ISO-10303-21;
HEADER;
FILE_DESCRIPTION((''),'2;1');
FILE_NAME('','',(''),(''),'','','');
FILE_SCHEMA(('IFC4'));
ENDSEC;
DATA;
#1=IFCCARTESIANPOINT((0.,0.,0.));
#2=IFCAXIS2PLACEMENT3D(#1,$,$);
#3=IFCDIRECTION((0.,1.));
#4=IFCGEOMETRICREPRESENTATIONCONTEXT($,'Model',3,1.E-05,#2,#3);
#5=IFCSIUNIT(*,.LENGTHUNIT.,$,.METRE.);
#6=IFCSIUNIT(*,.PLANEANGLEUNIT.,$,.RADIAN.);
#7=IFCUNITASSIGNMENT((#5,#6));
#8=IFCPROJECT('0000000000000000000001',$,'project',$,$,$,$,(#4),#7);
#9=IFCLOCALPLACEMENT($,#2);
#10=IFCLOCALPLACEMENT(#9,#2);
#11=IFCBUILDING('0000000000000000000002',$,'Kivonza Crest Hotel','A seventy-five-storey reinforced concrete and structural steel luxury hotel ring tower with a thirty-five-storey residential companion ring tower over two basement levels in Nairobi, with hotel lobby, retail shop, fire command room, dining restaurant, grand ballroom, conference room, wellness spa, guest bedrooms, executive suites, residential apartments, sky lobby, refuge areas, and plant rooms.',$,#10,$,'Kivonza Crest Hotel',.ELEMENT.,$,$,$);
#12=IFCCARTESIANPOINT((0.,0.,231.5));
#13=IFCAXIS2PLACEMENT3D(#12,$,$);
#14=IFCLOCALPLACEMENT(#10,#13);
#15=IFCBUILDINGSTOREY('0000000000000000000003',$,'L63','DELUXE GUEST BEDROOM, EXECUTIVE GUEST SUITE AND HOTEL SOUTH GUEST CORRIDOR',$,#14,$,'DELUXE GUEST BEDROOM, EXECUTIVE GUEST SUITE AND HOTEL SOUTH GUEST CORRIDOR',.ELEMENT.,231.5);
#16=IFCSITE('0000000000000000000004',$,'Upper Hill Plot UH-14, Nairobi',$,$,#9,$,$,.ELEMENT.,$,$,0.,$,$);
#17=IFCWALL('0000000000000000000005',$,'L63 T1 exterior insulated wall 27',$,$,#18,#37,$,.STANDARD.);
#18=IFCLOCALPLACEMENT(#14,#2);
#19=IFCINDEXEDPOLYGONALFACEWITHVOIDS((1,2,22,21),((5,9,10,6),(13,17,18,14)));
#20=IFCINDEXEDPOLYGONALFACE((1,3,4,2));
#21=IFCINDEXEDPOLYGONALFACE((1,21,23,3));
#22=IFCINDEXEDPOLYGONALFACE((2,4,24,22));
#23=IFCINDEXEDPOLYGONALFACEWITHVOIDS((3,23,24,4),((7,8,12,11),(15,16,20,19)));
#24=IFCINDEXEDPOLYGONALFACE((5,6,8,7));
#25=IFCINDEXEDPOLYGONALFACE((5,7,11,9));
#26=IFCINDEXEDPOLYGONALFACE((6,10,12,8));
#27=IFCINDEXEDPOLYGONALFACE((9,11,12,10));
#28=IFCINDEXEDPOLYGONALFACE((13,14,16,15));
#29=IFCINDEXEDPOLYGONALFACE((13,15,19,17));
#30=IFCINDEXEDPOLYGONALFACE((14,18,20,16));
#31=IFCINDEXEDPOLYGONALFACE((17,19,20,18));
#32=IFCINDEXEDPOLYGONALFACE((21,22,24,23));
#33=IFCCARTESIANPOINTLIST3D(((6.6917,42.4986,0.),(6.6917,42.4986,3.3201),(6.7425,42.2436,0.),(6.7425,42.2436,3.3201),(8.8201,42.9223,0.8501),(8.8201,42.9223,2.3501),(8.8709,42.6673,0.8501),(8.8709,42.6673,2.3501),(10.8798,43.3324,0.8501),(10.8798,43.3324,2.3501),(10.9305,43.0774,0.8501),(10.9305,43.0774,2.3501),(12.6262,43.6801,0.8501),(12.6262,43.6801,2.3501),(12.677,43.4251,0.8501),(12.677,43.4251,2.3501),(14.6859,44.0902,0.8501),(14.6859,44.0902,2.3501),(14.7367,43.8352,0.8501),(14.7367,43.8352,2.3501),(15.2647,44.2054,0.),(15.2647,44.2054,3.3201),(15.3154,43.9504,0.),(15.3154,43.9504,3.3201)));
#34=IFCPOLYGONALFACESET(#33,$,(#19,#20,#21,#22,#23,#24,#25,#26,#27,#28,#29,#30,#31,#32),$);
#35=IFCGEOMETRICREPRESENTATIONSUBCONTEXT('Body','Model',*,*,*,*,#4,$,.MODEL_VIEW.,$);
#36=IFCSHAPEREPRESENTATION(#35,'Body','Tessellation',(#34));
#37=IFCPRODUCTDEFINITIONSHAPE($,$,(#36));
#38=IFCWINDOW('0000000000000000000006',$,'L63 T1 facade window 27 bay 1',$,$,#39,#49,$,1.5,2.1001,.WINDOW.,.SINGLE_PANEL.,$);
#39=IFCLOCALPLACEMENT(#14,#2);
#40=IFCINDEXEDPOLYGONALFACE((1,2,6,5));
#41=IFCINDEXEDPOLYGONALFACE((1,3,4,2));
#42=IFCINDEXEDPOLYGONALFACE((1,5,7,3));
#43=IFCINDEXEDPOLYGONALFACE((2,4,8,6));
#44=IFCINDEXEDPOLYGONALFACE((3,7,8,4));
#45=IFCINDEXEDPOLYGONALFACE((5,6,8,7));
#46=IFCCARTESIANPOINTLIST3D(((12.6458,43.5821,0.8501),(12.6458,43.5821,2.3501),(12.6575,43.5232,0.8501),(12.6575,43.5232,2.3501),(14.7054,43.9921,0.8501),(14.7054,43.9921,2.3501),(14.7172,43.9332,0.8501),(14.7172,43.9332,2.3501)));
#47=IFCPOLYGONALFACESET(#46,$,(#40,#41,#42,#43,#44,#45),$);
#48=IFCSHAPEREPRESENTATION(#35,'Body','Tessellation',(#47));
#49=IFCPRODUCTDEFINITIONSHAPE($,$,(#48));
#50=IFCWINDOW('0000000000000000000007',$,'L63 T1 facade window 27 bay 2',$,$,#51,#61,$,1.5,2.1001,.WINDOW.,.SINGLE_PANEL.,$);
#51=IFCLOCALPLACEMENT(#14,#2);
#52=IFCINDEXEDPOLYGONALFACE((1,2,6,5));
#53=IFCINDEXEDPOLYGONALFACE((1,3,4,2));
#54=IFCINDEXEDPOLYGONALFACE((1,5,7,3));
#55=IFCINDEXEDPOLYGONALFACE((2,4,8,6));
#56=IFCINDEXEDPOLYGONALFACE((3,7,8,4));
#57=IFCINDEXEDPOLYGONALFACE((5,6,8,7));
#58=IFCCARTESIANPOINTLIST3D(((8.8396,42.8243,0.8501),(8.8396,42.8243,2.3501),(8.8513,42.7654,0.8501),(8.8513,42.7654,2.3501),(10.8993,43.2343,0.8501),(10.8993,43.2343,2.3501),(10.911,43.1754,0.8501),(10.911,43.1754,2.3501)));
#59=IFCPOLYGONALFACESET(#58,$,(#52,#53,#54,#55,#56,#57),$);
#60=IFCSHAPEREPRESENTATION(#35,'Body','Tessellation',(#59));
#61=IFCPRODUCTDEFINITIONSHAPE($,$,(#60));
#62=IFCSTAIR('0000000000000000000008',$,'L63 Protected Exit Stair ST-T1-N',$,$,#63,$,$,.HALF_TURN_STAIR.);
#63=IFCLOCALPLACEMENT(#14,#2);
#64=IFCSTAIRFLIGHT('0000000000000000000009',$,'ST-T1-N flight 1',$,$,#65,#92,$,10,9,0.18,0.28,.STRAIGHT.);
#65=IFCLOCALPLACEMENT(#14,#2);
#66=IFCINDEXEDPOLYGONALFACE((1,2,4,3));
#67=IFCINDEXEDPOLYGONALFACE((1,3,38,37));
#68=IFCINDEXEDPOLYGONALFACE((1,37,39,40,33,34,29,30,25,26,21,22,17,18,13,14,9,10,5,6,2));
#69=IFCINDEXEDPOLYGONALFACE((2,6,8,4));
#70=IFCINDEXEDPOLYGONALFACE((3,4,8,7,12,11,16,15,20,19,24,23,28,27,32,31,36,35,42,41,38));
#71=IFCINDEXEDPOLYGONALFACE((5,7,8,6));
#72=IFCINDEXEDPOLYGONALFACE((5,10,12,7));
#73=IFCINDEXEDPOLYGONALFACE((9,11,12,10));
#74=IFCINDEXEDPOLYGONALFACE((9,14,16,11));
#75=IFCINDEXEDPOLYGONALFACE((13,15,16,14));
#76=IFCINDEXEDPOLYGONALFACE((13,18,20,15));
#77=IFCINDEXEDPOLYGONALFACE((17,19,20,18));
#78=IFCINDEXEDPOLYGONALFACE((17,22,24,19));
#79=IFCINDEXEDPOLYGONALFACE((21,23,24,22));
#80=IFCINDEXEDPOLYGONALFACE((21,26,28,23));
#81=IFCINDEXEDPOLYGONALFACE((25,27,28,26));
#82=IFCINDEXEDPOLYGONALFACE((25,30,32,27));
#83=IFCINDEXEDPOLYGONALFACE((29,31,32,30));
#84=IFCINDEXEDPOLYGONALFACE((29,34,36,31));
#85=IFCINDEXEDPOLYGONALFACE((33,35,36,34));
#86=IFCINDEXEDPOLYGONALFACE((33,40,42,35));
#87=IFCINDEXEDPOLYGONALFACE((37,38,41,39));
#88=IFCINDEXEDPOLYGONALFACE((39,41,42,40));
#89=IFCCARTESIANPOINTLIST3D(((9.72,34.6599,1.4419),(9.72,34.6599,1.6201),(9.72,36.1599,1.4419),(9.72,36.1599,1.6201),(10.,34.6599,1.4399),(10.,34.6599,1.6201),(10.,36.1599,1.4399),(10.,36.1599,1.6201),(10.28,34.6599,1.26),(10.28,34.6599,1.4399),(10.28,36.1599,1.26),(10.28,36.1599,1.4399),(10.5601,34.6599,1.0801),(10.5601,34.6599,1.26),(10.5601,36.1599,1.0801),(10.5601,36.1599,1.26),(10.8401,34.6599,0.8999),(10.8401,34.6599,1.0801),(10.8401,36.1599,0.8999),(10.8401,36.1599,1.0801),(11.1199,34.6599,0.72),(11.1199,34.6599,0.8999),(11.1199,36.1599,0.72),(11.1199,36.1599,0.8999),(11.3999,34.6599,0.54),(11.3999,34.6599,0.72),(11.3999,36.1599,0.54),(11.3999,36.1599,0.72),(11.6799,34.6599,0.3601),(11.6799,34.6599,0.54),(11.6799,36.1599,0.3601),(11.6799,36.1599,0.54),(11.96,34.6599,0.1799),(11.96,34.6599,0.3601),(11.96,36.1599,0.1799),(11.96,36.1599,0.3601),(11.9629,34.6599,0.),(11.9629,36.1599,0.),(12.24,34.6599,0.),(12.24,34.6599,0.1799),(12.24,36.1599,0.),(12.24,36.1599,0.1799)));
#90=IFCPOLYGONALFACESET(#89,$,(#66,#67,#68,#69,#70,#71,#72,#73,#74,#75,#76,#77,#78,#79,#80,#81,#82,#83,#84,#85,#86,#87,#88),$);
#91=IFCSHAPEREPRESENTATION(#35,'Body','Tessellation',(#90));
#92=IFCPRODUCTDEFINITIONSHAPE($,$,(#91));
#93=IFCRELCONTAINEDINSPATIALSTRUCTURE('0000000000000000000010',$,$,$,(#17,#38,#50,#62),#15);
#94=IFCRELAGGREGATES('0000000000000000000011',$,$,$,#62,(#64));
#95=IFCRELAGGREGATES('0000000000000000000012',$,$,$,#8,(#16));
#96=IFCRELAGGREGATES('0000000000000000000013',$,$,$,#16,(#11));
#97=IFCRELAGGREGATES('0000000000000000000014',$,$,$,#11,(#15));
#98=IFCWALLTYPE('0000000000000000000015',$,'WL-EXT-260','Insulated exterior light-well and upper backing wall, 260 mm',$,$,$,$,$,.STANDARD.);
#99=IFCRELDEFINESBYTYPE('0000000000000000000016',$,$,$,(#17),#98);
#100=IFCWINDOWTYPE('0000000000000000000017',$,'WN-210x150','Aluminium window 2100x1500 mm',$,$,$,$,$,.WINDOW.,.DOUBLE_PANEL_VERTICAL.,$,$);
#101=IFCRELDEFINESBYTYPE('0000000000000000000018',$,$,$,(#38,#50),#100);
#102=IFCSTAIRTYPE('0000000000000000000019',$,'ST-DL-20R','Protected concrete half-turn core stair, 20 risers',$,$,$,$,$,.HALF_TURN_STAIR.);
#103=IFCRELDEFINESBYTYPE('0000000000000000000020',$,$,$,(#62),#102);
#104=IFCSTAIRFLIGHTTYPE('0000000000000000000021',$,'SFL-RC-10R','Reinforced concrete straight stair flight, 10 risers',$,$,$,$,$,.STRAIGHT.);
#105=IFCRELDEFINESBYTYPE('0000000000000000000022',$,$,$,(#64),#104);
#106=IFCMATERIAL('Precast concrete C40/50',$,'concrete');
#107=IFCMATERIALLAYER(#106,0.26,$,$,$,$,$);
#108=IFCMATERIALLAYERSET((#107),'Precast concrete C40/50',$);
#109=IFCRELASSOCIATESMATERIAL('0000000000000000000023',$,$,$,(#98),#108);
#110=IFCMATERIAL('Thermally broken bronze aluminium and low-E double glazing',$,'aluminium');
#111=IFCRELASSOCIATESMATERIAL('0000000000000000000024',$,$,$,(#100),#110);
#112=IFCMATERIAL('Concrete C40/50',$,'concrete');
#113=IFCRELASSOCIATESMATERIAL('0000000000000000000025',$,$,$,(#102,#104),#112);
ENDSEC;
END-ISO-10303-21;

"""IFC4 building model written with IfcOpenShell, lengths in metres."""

from ifc_helpers import new_model, si_unit, direction, frame, frame_2d, origin, place, context, subcontext, project, spatial, polyline, rectangle, outline, extrude, material, layer, layer_set, type_object, element, fill, aggregate, save


model = new_model("IFC4")

# Units and contexts
model_context = context("Model", 3, precision=1e-05, world=origin(), true_north=direction((0.0, 1.0)))
body_context = subcontext(model_context, "Body", "Model", "MODEL_VIEW")
ifc_project = project(units=[si_unit("LENGTHUNIT", "METRE"), si_unit("PLANEANGLEUNIT", "RADIAN")], contexts=[model_context])

# Site, building, storey
site_placement = place(None, origin())
site = spatial("IfcSite", under=ifc_project, at=site_placement, Name="Upper Hill Plot UH-14, Nairobi", CompositionType="ELEMENT", RefElevation=0.0)
building_placement = place(site_placement, origin())
building = spatial("IfcBuilding", under=site, at=building_placement, Name="Kivonza Crest Hotel", Description="A seventy-five-storey reinforced concrete and structural steel luxury hotel ring tower with a thirty-five-storey residential companion ring tower over two basement levels in Nairobi, with hotel lobby, retail shop, fire command room, dining restaurant, grand ballroom, conference room, wellness spa, guest bedrooms, executive suites, residential apartments, sky lobby, refuge areas, and plant rooms.", LongName="Kivonza Crest Hotel", CompositionType="ELEMENT")
storey_placement = place(building_placement, frame((0.0, 0.0, 231.5)))
storey = spatial("IfcBuildingStorey", under=building, at=storey_placement, Name="L63", Description="DELUXE GUEST BEDROOM, EXECUTIVE GUEST SUITE AND HOTEL SOUTH GUEST CORRIDOR", LongName="DELUXE GUEST BEDROOM, EXECUTIVE GUEST SUITE AND HOTEL SOUTH GUEST CORRIDOR", CompositionType="ELEMENT", Elevation=231.5)

# Wall, openings, windows
ifc_material_1 = material(Name="Precast concrete C40/50", Category="concrete")
ifc_layer_1 = layer(ifc_material_1, 0.26)
ifc_layer_set_1 = layer_set([ifc_layer_1], Name="Precast concrete C40/50")
wall_type_1 = type_object("IfcWallType", Name="WL-EXT-260", Description="Insulated exterior light-well and upper backing wall, 260 mm", PredefinedType="STANDARD", material=ifc_layer_set_1)
wall_1_placement = place(storey_placement, frame((15.29, 44.0779, 0.0), z_axis=(0.0, 0.0, 1.0), x_axis=(-0.980752, -0.195257, 0.0)))
wall_1 = element("IfcWall", 1, at=wall_1_placement, inside=storey, type_object=wall_type_1, Name="L63 T1 exterior insulated wall 27", PredefinedType="STANDARD", context=body_context, shape_type="SweptSolid", body=[
    extrude(rectangle(XDim=8.7412, YDim=0.26, at=frame_2d((4.3706, 0.0))), origin(), (0.0, 0.0, 1.0), 3.3201),
])
opening_1_placement = place(wall_1_placement, frame((0.5901, 0.0, 0.8501)))
opening_1 = element("IfcOpeningElement", 2, at=opening_1_placement, cuts=wall_1, PredefinedType="OPENING", context=body_context, shape_type="SweptSolid", body=[
    extrude(rectangle(XDim=2.1001, YDim=1.5, at=frame_2d((1.05, 0.75))), frame((0.0, 0.1401, 0.0), z_axis=(0.0, -1.0, 0.0), x_axis=(1.0, 0.0, 0.0)), (0.0, 0.0, 1.0), 0.28),
])
opening_2_placement = place(wall_1_placement, frame((4.4709, 0.0, 0.8501)))
opening_2 = element("IfcOpeningElement", 3, at=opening_2_placement, cuts=wall_1, PredefinedType="OPENING", context=body_context, shape_type="SweptSolid", body=[
    extrude(rectangle(XDim=2.1001, YDim=1.5, at=frame_2d((1.05, 0.75))), frame((0.0, 0.1401, 0.0), z_axis=(0.0, -1.0, 0.0), x_axis=(1.0, 0.0, 0.0)), (0.0, 0.0, 1.0), 0.28),
])
ifc_material_2 = material(Name="Thermally broken bronze aluminium and low-E double glazing", Category="aluminium")
window_type = type_object("IfcWindowType", Name="WN-210x150", Description="Aluminium window 2100x1500 mm", PartitioningType="DOUBLE_PANEL_VERTICAL", PredefinedType="WINDOW", material=ifc_material_2)
window_1_placement = place(opening_1_placement, origin())
window_1 = element("IfcWindow", 4, at=window_1_placement, inside=storey, type_object=window_type, Name="L63 T1 facade window 27 bay 1", OverallHeight=1.5, OverallWidth=2.1001, PartitioningType="SINGLE_PANEL", PredefinedType="WINDOW", context=body_context, shape_type="SweptSolid", body=[
    extrude(rectangle(XDim=2.1001, YDim=1.5, at=frame_2d((1.05, 0.75))), frame((0.0, 0.03, 0.0), z_axis=(0.0, -1.0, 0.0), x_axis=(1.0, 0.0, 0.0)), (0.0, 0.0, 1.0), 0.0601),
])
fill(opening_1, window_1)
window_2_placement = place(opening_2_placement, origin())
window_2 = element("IfcWindow", 5, at=window_2_placement, inside=storey, type_object=window_type, Name="L63 T1 facade window 27 bay 2", OverallHeight=1.5, OverallWidth=2.1001, PartitioningType="SINGLE_PANEL", PredefinedType="WINDOW", context=body_context, shape_type="SweptSolid", body=[
    extrude(rectangle(XDim=2.1001, YDim=1.5, at=frame_2d((1.05, 0.75))), frame((0.0, 0.03, 0.0), z_axis=(0.0, -1.0, 0.0), x_axis=(1.0, 0.0, 0.0)), (0.0, 0.0, 1.0), 0.0601),
])
fill(opening_2, window_2)

# Stair, stair flight
ifc_material_3 = material(Name="Concrete C40/50", Category="concrete")
stair_type = type_object("IfcStairType", Name="ST-DL-20R", Description="Protected concrete half-turn core stair, 20 risers", PredefinedType="HALF_TURN_STAIR", material=ifc_material_3)
stair_placement = place(storey_placement, origin())
stair = element("IfcStair", 6, at=stair_placement, inside=storey, type_object=stair_type, Name="L63 Protected Exit Stair ST-T1-N", PredefinedType="HALF_TURN_STAIR")
stair_flight_type = type_object("IfcStairFlightType", Name="SFL-RC-10R", Description="Reinforced concrete straight stair flight, 10 risers", PredefinedType="STRAIGHT", material=ifc_material_3)
stair_flight_placement = place(storey_placement, frame((12.24, 35.4099, 0.0), z_axis=(0.0, 0.0, 1.0), x_axis=(-1.0, 0.0, 0.0)))
stair_flight = element("IfcStairFlight", 7, at=stair_flight_placement, type_object=stair_flight_type, Name="ST-T1-N flight 1", NumberOfRisers=10, NumberOfTreads=9, PredefinedType="STRAIGHT", RiserHeight=0.18, TreadLength=0.28, context=body_context, shape_type="SweptSolid", body=[
    extrude(outline(polyline([(0.0, 0.0), (0.0, 0.1799), (0.28, 0.1799), (0.28, 0.3601), (0.5601, 0.3601), (0.5601, 0.54), (0.8401, 0.54), (0.8401, 0.72), (1.1201, 0.72), (1.1201, 0.8999), (1.3999, 0.8999), (1.3999, 1.0801), (1.6799, 1.0801), (1.6799, 1.26), (1.96, 1.26), (1.96, 1.4399), (2.24, 1.4399), (2.24, 1.6201), (2.52, 1.6201), (2.52, 1.8), (2.52, 1.4419), (0.2771, 0.0), (0.0, 0.0)])), frame((0.0, 0.75, 0.0), z_axis=(0.0, -1.0, 0.0), x_axis=(1.0, 0.0, 0.0)), (0.0, 0.0, 1.0), 1.5),
])
aggregate(stair, [stair_flight])

save(model, "model.ifc")
